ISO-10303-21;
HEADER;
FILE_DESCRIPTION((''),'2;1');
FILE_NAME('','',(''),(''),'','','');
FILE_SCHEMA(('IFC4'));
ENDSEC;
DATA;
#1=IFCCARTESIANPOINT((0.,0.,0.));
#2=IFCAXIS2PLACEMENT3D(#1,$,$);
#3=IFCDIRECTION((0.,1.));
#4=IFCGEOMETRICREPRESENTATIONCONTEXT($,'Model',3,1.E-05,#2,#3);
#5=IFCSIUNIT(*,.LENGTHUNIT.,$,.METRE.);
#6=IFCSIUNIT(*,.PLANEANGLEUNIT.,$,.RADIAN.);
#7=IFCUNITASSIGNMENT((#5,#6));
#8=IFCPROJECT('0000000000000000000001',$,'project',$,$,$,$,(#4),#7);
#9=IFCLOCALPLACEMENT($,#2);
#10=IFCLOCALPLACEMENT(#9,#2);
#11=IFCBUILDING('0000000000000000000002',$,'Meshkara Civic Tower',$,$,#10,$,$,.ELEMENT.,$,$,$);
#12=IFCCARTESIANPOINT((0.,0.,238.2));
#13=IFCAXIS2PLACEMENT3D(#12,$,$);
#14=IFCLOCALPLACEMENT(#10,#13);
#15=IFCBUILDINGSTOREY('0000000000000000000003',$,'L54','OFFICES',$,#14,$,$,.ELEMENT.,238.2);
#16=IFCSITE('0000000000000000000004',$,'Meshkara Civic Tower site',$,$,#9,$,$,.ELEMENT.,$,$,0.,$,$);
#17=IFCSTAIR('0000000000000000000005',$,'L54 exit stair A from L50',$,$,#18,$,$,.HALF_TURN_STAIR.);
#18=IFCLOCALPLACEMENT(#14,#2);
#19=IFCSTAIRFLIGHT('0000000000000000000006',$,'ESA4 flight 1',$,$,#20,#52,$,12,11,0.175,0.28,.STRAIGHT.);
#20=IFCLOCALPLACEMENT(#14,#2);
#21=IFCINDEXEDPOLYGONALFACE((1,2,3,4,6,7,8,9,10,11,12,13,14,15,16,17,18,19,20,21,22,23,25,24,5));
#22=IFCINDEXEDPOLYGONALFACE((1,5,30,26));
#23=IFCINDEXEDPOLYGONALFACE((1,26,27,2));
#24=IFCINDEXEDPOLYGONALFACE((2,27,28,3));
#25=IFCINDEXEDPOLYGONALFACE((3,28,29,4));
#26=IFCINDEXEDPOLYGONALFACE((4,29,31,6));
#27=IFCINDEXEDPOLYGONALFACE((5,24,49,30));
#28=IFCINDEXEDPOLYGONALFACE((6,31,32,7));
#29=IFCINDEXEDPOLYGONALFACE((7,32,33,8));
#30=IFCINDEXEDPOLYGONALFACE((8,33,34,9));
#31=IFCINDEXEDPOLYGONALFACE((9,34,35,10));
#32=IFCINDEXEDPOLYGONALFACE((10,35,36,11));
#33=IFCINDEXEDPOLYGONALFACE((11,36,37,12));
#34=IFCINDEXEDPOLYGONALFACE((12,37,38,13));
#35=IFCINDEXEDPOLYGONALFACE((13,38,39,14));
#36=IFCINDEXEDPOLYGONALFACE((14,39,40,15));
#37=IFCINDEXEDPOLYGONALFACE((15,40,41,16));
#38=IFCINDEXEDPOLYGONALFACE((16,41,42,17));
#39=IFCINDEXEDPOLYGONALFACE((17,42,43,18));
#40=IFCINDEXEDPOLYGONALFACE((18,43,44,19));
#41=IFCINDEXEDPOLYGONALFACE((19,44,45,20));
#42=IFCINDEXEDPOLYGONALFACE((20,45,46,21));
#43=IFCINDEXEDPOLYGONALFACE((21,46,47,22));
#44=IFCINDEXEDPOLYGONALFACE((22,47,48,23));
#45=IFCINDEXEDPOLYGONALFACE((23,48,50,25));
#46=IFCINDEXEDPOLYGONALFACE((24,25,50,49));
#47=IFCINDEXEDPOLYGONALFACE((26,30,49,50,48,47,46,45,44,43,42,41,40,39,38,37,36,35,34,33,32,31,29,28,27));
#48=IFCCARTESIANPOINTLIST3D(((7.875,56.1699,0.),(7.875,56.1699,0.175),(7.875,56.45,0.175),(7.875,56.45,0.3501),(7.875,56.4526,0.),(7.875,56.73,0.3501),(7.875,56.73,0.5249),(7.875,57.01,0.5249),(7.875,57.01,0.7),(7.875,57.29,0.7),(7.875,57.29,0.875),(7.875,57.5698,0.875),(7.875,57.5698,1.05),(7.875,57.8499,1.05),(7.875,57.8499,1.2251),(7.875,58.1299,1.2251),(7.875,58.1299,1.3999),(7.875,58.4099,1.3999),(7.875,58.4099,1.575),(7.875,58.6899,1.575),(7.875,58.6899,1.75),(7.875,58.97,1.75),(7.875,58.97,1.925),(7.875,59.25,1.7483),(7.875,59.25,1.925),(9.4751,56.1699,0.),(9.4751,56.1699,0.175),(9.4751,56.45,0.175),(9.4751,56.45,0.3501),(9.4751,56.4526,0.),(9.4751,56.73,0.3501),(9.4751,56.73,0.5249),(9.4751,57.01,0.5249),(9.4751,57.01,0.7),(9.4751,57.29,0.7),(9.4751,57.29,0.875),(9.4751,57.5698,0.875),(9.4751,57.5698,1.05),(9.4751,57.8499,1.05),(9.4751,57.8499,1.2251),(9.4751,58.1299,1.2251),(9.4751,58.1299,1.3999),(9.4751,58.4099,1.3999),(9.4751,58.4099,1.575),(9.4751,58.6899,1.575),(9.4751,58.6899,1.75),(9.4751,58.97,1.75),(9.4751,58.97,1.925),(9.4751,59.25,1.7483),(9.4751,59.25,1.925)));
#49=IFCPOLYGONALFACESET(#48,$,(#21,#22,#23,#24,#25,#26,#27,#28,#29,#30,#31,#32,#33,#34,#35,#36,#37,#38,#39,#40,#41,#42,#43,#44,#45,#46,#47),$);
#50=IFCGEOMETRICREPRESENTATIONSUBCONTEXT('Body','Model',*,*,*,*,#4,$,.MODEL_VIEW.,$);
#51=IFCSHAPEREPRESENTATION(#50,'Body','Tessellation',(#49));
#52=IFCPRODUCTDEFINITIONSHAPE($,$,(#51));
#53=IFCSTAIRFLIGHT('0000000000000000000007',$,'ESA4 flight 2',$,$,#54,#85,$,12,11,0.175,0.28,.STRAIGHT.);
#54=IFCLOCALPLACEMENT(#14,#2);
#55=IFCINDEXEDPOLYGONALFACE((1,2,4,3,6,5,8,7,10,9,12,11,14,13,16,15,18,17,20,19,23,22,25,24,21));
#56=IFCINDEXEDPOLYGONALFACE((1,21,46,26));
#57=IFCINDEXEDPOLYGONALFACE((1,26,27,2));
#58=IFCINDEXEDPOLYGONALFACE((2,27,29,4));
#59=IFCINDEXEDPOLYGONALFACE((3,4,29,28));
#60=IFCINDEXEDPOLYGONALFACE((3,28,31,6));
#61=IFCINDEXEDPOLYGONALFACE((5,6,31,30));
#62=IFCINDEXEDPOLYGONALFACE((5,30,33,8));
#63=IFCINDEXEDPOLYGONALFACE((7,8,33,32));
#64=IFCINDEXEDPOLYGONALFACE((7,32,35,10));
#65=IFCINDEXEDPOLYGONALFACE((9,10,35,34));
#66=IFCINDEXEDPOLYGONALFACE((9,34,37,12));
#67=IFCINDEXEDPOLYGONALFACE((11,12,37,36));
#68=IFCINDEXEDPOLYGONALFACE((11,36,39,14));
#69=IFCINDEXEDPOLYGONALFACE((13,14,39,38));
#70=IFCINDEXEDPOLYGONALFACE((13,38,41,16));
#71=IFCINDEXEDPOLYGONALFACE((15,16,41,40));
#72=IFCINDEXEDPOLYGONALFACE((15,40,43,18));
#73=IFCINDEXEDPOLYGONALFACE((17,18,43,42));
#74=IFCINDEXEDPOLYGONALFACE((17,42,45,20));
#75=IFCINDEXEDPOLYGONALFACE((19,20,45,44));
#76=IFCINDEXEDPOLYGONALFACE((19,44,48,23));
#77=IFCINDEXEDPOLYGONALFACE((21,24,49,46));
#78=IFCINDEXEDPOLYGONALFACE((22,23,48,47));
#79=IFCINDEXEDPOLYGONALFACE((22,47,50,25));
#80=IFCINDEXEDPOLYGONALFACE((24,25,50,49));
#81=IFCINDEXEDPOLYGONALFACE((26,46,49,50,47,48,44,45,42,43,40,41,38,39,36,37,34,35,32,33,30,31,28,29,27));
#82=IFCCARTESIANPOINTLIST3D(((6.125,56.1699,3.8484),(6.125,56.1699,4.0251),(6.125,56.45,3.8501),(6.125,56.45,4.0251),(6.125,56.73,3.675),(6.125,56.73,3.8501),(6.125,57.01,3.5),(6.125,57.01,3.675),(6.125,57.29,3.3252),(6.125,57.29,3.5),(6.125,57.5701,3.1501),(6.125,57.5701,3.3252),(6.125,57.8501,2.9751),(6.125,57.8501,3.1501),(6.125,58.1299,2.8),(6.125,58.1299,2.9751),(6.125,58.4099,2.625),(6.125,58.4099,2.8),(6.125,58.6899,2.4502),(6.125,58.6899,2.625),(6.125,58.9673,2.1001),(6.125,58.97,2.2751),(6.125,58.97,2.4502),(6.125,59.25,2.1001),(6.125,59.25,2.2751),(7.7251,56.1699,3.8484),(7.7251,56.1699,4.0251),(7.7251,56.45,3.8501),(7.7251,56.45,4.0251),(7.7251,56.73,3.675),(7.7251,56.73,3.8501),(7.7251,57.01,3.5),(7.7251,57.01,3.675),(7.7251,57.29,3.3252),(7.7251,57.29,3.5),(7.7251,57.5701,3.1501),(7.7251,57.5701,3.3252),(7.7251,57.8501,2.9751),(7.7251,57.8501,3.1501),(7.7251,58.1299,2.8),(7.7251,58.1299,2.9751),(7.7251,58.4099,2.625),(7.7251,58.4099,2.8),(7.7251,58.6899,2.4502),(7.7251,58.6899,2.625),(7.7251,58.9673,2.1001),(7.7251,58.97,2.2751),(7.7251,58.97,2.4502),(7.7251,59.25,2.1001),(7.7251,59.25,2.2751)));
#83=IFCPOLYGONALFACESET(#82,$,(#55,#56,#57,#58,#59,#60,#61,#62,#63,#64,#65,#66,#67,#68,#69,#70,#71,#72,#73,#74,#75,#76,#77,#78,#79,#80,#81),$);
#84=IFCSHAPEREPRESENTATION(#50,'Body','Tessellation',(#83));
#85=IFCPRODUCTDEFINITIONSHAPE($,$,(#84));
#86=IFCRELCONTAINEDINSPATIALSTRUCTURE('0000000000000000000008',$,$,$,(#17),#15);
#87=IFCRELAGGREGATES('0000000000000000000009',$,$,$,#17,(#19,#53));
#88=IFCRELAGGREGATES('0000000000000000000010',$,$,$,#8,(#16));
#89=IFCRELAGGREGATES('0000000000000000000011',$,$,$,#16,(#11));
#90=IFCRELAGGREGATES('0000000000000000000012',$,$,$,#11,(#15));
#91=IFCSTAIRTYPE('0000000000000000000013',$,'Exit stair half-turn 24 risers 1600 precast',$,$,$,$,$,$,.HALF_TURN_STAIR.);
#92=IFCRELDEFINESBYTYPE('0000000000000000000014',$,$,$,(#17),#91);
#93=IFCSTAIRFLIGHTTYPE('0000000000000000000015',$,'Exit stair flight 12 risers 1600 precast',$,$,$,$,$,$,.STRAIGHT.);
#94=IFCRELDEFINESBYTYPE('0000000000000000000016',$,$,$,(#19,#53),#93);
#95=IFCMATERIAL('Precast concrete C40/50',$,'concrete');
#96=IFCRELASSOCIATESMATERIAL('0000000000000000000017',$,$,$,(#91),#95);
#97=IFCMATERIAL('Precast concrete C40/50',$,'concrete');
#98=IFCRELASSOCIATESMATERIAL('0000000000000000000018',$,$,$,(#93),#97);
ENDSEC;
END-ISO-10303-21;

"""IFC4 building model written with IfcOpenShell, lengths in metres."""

from ifc_helpers import new_model, si_unit, direction, frame, origin, place, context, subcontext, project, spatial, polyline, outline, extrude, material, type_object, element, aggregate, save


model = new_model("IFC4")

# Units and contexts
model_context = context("Model", 3, precision=1e-05, world=origin(), true_north=direction((0.0, 1.0)))
body_context = subcontext(model_context, "Body", "Model", "MODEL_VIEW")
ifc_project = project(units=[si_unit("LENGTHUNIT", "METRE"), si_unit("PLANEANGLEUNIT", "RADIAN")], contexts=[model_context])

# Site, building, storey
site_placement = place(None, origin())
site = spatial("IfcSite", under=ifc_project, at=site_placement, Name="Meshkara Civic Tower site", CompositionType="ELEMENT", RefElevation=0.0)
building_placement = place(site_placement, origin())
building = spatial("IfcBuilding", under=site, at=building_placement, Name="Meshkara Civic Tower", CompositionType="ELEMENT")
storey_placement = place(building_placement, frame((0.0, 0.0, 238.2)))
storey = spatial("IfcBuildingStorey", under=building, at=storey_placement, Name="L54", Description="OFFICES", CompositionType="ELEMENT", Elevation=238.2)

# Stair, stair flights
ifc_material_1 = material(Name="Precast concrete C40/50", Category="concrete")
stair_type = type_object("IfcStairType", Name="Exit stair half-turn 24 risers 1600 precast", PredefinedType="HALF_TURN_STAIR", material=ifc_material_1)
stair_placement = place(storey_placement, origin())
stair = element("IfcStair", 1, at=stair_placement, inside=storey, type_object=stair_type, Name="L54 exit stair A from L50", PredefinedType="HALF_TURN_STAIR")
ifc_material_2 = material(Name="Precast concrete C40/50", Category="concrete")
stair_flight_type = type_object("IfcStairFlightType", Name="Exit stair flight 12 risers 1600 precast", PredefinedType="STRAIGHT", material=ifc_material_2)
stair_flight_1_placement = place(storey_placement, frame((8.675, 56.1699, 0.0), z_axis=(0.0, 0.0, 1.0), x_axis=(0.0, 1.0, 0.0)))
stair_flight_1 = element("IfcStairFlight", 2, at=stair_flight_1_placement, type_object=stair_flight_type, Name="ESA4 flight 1", NumberOfRisers=12, NumberOfTreads=11, PredefinedType="STRAIGHT", RiserHeight=0.175, TreadLength=0.28, context=body_context, shape_type="SweptSolid", body=[
    extrude(outline(polyline([(0.0, 0.0), (0.0, 0.175), (0.28, 0.175), (0.28, 0.3501), (0.5601, 0.3501), (0.5601, 0.5249), (0.8401, 0.5249), (0.8401, 0.7), (1.1201, 0.7), (1.1201, 0.875), (1.3999, 0.875), (1.3999, 1.05), (1.6799, 1.05), (1.6799, 1.2251), (1.96, 1.2251), (1.96, 1.3999), (2.24, 1.3999), (2.24, 1.575), (2.52, 1.575), (2.52, 1.75), (2.8, 1.75), (2.8, 1.925), (3.0801, 1.925), (3.0801, 2.1001), (3.0801, 1.7483), (0.2827, 0.0), (0.0, 0.0)])), frame((0.0, 0.8, 0.0), z_axis=(0.0, -1.0, 0.0), x_axis=(1.0, 0.0, 0.0)), (0.0, 0.0, 1.0), 1.6001),
])
stair_flight_2_placement = place(storey_placement, frame((6.925, 59.25, 2.1001), z_axis=(0.0, 0.0, 1.0), x_axis=(0.0, -1.0, 0.0)))
stair_flight_2 = element("IfcStairFlight", 3, at=stair_flight_2_placement, type_object=stair_flight_type, Name="ESA4 flight 2", NumberOfRisers=12, NumberOfTreads=11, PredefinedType="STRAIGHT", RiserHeight=0.175, TreadLength=0.28, context=body_context, shape_type="SweptSolid", body=[
    extrude(outline(polyline([(0.0, 0.0), (0.0, 0.175), (0.28, 0.175), (0.28, 0.3501), (0.5601, 0.3501), (0.5601, 0.5249), (0.8401, 0.5249), (0.8401, 0.7), (1.1201, 0.7), (1.1201, 0.875), (1.3999, 0.875), (1.3999, 1.05), (1.6799, 1.05), (1.6799, 1.2251), (1.96, 1.2251), (1.96, 1.3999), (2.24, 1.3999), (2.24, 1.575), (2.52, 1.575), (2.52, 1.75), (2.8, 1.75), (2.8, 1.925), (3.0801, 1.925), (3.0801, 2.1001), (3.0801, 1.7483), (0.2827, 0.0), (0.0, 0.0)])), frame((0.0, 0.8, 0.0), z_axis=(0.0, -1.0, 0.0), x_axis=(1.0, 0.0, 0.0)), (0.0, 0.0, 1.0), 1.6001),
])
aggregate(stair, [stair_flight_1, stair_flight_2])

save(model, "model.ifc")
